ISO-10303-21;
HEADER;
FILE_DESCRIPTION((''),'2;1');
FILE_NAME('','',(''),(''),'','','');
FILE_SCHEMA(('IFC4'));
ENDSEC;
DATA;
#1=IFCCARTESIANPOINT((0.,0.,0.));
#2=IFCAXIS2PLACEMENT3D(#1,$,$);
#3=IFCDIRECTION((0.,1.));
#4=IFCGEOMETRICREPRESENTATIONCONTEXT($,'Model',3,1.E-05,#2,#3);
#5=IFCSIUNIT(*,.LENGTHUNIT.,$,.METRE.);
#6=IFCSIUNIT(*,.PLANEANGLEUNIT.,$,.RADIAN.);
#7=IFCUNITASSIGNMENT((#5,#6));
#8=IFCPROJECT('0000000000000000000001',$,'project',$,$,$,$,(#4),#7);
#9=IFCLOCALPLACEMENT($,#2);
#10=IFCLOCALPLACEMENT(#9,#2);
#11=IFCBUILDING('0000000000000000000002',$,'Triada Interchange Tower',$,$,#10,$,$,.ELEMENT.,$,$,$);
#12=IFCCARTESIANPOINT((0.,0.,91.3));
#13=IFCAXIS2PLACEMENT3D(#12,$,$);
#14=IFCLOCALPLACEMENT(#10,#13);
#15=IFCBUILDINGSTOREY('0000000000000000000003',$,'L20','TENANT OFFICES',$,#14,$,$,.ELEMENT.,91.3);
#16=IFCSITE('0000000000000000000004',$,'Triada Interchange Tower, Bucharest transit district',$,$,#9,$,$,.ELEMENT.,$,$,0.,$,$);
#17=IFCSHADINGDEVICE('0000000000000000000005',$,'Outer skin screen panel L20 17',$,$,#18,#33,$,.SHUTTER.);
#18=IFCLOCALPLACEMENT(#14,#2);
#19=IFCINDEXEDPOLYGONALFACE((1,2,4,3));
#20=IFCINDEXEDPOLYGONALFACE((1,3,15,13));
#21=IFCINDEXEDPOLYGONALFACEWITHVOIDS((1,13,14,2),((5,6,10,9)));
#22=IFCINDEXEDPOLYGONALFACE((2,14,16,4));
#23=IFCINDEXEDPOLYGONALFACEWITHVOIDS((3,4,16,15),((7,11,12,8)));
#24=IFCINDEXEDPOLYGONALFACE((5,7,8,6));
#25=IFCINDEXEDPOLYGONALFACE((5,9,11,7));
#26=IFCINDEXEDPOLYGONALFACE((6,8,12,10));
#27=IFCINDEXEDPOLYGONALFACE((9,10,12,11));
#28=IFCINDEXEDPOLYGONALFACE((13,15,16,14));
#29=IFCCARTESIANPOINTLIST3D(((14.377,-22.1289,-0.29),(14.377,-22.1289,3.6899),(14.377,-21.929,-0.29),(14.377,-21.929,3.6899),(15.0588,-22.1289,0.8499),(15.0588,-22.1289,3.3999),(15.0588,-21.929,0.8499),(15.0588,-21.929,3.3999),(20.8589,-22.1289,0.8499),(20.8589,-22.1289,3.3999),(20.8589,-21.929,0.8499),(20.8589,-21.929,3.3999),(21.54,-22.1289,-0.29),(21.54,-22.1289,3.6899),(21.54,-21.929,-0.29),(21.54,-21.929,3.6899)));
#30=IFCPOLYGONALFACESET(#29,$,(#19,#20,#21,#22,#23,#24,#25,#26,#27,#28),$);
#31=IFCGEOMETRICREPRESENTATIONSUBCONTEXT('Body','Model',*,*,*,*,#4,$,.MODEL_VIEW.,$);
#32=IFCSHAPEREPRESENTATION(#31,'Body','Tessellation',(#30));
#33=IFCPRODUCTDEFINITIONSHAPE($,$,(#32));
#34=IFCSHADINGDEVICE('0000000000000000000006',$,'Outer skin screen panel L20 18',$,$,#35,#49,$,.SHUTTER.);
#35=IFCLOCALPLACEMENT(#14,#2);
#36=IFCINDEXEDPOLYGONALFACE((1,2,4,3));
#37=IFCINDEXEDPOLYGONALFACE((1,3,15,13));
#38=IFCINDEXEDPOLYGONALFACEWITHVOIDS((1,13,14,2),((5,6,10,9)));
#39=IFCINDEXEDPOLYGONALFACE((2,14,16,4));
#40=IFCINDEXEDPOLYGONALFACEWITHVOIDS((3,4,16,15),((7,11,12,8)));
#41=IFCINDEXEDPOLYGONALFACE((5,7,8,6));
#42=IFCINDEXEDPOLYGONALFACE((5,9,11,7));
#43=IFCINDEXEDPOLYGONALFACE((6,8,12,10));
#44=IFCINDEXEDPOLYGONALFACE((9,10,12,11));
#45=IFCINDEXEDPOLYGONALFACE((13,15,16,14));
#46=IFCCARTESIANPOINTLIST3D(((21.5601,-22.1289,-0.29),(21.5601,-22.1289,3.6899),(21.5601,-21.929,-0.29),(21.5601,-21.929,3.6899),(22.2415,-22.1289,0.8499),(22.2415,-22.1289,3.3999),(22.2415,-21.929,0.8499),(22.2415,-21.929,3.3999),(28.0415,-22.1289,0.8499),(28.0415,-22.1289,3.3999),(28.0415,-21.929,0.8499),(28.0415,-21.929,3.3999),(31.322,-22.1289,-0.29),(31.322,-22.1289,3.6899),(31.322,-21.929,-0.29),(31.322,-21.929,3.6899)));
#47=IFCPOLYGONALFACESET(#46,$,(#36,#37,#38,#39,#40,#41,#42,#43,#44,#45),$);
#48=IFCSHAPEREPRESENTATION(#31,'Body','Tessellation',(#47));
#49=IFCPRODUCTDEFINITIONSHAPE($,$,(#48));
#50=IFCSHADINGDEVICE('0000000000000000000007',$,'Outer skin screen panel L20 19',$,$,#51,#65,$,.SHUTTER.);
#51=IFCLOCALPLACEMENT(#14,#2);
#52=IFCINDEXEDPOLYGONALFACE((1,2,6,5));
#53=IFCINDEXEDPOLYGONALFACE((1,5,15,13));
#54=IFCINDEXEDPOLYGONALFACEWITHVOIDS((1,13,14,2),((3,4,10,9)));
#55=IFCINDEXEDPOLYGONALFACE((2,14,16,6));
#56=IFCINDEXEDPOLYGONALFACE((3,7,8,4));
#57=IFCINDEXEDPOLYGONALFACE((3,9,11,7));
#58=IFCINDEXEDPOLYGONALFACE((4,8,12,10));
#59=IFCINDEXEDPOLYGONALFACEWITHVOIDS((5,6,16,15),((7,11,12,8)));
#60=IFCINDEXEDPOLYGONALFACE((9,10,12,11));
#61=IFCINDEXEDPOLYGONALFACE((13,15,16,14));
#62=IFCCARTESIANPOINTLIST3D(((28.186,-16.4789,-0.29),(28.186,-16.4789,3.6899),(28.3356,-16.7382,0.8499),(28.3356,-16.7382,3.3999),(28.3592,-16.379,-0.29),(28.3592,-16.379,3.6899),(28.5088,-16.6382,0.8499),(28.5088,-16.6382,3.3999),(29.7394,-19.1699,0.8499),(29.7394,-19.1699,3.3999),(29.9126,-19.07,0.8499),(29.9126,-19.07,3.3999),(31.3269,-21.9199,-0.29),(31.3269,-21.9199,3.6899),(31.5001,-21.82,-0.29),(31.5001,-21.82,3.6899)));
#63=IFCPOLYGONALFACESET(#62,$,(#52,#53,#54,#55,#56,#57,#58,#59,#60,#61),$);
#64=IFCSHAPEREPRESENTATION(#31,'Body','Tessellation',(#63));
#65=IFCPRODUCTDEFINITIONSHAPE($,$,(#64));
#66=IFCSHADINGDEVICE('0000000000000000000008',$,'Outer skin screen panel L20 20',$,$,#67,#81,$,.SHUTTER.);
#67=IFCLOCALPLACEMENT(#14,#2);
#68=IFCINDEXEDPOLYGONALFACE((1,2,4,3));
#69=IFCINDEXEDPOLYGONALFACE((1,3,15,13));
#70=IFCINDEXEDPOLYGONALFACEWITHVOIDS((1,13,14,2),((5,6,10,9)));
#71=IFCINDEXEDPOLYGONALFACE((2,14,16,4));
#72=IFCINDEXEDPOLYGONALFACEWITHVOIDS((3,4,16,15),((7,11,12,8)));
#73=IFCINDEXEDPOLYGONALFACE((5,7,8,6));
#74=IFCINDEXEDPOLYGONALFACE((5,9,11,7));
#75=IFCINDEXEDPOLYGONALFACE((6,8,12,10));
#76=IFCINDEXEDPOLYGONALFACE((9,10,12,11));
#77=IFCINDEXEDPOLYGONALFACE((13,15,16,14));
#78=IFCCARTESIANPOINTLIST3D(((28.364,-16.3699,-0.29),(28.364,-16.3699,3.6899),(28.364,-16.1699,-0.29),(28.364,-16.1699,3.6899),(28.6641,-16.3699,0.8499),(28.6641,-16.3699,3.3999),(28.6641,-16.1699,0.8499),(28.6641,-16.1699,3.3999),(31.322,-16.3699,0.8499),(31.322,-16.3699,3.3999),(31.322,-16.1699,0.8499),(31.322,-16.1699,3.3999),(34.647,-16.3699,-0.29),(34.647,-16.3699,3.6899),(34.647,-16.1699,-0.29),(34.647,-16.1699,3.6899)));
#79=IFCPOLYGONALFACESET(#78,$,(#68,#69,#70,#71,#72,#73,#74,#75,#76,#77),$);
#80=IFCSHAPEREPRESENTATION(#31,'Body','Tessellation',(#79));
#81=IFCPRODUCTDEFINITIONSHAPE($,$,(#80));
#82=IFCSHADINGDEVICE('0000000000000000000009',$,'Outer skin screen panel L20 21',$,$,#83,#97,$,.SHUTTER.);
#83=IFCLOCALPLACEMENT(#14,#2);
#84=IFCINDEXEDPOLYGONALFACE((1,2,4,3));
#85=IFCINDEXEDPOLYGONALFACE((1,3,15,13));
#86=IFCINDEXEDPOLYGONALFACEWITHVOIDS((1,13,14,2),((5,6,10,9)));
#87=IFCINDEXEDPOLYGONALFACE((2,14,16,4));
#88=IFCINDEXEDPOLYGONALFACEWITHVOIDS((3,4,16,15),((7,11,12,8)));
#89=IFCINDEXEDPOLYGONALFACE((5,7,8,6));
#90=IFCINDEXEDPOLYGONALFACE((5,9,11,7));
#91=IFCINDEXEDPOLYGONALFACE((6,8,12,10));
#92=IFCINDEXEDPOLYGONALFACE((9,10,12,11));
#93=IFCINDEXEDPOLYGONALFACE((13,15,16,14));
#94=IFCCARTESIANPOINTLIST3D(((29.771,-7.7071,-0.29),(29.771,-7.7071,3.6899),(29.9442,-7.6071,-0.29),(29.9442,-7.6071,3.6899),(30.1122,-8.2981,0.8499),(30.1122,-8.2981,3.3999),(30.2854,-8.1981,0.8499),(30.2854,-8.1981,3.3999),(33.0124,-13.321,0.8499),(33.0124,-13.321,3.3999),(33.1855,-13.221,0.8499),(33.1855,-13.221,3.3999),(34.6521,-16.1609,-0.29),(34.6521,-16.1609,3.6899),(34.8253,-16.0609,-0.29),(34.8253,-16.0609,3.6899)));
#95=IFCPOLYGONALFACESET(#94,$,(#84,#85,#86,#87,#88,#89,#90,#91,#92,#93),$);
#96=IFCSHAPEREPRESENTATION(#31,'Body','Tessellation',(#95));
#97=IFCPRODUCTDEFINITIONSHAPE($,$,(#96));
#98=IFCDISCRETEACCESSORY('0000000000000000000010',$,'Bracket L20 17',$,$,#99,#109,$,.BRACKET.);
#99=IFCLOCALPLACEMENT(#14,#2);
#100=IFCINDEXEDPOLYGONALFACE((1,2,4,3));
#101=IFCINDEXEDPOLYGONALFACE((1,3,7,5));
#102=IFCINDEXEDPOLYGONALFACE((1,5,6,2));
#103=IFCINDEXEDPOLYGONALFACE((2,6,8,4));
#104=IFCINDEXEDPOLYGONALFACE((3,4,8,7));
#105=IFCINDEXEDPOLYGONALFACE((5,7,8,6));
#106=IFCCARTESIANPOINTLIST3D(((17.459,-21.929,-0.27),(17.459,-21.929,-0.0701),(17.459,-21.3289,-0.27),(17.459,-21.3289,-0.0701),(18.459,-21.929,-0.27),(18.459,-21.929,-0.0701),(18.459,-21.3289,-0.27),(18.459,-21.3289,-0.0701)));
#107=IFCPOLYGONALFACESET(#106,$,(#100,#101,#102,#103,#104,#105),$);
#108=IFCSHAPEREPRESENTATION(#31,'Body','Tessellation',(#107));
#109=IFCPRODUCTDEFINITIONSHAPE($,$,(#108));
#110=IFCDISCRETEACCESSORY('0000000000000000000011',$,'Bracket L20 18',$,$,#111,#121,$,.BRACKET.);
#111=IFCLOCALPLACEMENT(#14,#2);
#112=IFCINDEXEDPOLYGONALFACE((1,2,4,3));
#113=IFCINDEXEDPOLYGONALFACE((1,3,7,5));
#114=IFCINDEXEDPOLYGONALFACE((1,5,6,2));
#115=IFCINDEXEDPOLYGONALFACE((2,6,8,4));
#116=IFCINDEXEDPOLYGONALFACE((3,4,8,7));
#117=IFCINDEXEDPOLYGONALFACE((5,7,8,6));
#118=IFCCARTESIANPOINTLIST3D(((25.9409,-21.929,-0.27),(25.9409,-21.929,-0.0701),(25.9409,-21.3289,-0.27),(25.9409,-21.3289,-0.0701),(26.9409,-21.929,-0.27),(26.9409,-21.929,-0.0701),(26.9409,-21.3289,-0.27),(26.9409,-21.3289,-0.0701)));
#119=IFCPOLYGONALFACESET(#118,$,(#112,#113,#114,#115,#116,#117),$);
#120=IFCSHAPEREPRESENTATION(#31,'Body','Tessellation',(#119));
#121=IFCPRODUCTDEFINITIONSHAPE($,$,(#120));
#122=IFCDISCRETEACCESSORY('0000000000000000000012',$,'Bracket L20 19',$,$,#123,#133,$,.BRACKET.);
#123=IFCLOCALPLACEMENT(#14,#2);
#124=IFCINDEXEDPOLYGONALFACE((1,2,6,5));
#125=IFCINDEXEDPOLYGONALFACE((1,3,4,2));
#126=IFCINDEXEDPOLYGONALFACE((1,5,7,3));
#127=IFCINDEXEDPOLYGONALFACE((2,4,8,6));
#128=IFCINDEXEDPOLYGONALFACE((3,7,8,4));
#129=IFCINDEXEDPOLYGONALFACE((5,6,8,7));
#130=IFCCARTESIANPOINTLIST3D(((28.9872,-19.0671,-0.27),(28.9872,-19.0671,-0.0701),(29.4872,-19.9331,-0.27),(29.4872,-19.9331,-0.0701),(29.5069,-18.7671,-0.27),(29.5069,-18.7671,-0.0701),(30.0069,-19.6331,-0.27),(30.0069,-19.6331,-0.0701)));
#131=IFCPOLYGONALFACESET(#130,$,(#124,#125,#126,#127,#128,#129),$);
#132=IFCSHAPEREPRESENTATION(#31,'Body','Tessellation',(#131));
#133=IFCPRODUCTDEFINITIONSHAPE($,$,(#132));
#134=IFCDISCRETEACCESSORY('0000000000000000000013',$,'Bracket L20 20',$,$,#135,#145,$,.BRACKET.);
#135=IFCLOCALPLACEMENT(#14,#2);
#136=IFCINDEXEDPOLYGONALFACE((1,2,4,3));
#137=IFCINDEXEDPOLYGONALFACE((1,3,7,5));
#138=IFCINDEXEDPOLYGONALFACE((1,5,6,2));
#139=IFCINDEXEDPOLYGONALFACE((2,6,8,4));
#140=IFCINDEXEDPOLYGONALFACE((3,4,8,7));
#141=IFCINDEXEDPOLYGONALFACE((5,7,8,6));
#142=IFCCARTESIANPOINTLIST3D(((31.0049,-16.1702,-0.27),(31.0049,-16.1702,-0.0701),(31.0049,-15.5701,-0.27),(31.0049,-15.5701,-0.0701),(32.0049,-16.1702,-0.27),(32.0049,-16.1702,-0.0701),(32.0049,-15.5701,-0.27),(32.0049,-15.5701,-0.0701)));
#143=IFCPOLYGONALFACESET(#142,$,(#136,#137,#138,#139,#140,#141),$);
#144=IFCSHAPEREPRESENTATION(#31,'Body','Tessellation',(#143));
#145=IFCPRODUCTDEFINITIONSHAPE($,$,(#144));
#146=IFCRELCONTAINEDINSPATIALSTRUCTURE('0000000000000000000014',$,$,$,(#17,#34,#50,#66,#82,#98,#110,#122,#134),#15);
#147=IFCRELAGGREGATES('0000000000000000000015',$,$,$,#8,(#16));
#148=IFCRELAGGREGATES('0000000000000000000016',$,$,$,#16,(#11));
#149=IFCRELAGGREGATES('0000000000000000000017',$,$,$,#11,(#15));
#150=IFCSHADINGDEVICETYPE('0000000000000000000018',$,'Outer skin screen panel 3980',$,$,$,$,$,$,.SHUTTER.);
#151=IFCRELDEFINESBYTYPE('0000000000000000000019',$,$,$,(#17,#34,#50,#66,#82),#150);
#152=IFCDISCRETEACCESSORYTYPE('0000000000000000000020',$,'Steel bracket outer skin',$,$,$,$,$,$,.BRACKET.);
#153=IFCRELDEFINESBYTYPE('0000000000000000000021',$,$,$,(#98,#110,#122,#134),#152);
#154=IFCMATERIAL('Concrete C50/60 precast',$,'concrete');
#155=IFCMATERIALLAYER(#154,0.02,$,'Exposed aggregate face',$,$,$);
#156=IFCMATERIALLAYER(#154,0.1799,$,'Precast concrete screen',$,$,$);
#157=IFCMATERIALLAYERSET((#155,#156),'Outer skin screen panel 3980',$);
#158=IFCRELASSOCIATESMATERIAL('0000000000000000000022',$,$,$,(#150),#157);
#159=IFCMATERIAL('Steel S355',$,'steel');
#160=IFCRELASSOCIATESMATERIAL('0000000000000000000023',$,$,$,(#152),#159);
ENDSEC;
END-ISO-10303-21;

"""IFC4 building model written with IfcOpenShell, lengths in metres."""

from ifc_helpers import new_model, si_unit, direction, frame, origin, origin_2d, place, context, subcontext, project, spatial, polyline, rectangle, outline, extrude, material, layer, layer_set, type_object, element, save


model = new_model("IFC4")

# Units and contexts
model_context = context("Model", 3, precision=1e-05, world=origin(), true_north=direction((0.0, 1.0)))
body_context = subcontext(model_context, "Body", "Model", "MODEL_VIEW")
ifc_project = project(units=[si_unit("LENGTHUNIT", "METRE"), si_unit("PLANEANGLEUNIT", "RADIAN")], contexts=[model_context])

# Site, building, storey
site_placement = place(None, origin())
site = spatial("IfcSite", under=ifc_project, at=site_placement, Name="Triada Interchange Tower, Bucharest transit district", CompositionType="ELEMENT", RefElevation=0.0)
building_placement = place(site_placement, origin())
building = spatial("IfcBuilding", under=site, at=building_placement, Name="Triada Interchange Tower", CompositionType="ELEMENT")
storey_placement = place(building_placement, frame((0.0, 0.0, 91.3)))
storey = spatial("IfcBuildingStorey", under=building, at=storey_placement, Name="L20", Description="TENANT OFFICES", CompositionType="ELEMENT", Elevation=91.3)

# Shading devices
ifc_material_1 = material(Name="Concrete C50/60 precast", Category="concrete")
ifc_layer_1 = layer(ifc_material_1, 0.02, Name="Exposed aggregate face")
ifc_layer_2 = layer(ifc_material_1, 0.1799, Name="Precast concrete screen")
ifc_layer_set_1 = layer_set([ifc_layer_1, ifc_layer_2], Name="Outer skin screen panel 3980")
shading_device_type = type_object("IfcShadingDeviceType", Name="Outer skin screen panel 3980", PredefinedType="SHUTTER", material=ifc_layer_set_1)
shading_device_1_placement = place(storey_placement, frame((14.377, -21.929, -0.29), z_axis=(0.0, 0.0, 1.0), x_axis=(1.0, 0.0, 0.0)))
element("IfcShadingDevice", 1, at=shading_device_1_placement, inside=storey, type_object=shading_device_type, Name="Outer skin screen panel L20 17", PredefinedType="SHUTTER", context=body_context, shape_type="SweptSolid", body=[
    extrude(outline(polyline([(0.0, 0.0), (7.1631, 0.0), (7.1631, 3.98), (0.0, 3.98), (0.0, 0.0)]), holes=[polyline([(0.6819, 1.1399), (0.6819, 3.6899), (6.4819, 3.6899), (6.4819, 1.1399), (0.6819, 1.1399)])]), frame((0.0, 0.0, 0.0), z_axis=(0.0, -1.0, 0.0), x_axis=(1.0, 0.0, 0.0)), (0.0, 0.0, 1.0), 0.2),
])
shading_device_2_placement = place(storey_placement, frame((21.5601, -21.929, -0.29), z_axis=(0.0, 0.0, 1.0), x_axis=(1.0, 0.0, 0.0)))
element("IfcShadingDevice", 2, at=shading_device_2_placement, inside=storey, type_object=shading_device_type, Name="Outer skin screen panel L20 18", PredefinedType="SHUTTER", context=body_context, shape_type="SweptSolid", body=[
    extrude(outline(polyline([(0.0, 0.0), (9.762, 0.0), (9.762, 3.98), (0.0, 3.98), (0.0, 0.0)]), holes=[polyline([(0.6814, 1.1399), (0.6814, 3.6899), (6.4814, 3.6899), (6.4814, 1.1399), (0.6814, 1.1399)])]), frame((0.0, 0.0, 0.0), z_axis=(0.0, -1.0, 0.0), x_axis=(1.0, 0.0, 0.0)), (0.0, 0.0, 1.0), 0.2),
])
shading_device_3_placement = place(storey_placement, frame((31.3269, -21.9199, -0.29), z_axis=(0.0, 0.0, 1.0), x_axis=(-0.499947, 0.866056, 0.0)))
element("IfcShadingDevice", 3, at=shading_device_3_placement, inside=storey, type_object=shading_device_type, Name="Outer skin screen panel L20 19", PredefinedType="SHUTTER", context=body_context, shape_type="SweptSolid", body=[
    extrude(outline(polyline([(0.0, 0.0), (6.2825, 0.0), (6.2825, 3.98), (0.0, 3.98), (0.0, 0.0)]), holes=[polyline([(3.1753, 1.1399), (3.1753, 3.6899), (5.9832, 3.6899), (5.9832, 1.1399), (3.1753, 1.1399)])]), frame((0.0, 0.0, 0.0), z_axis=(0.0, -1.0, 0.0), x_axis=(1.0, 0.0, 0.0)), (0.0, 0.0, 1.0), 0.2),
])
shading_device_4_placement = place(storey_placement, frame((28.364, -16.1699, -0.29), z_axis=(0.0, 0.0, 1.0), x_axis=(1.0, 0.0, 0.0)))
element("IfcShadingDevice", 4, at=shading_device_4_placement, inside=storey, type_object=shading_device_type, Name="Outer skin screen panel L20 20", PredefinedType="SHUTTER", context=body_context, shape_type="SweptSolid", body=[
    extrude(outline(polyline([(0.0, 0.0), (6.283, 0.0), (6.283, 3.98), (0.0, 3.98), (0.0, 0.0)]), holes=[polyline([(0.3, 1.1399), (0.3, 3.6899), (2.958, 3.6899), (2.958, 1.1399), (0.3, 1.1399)])]), frame((0.0, 0.0, 0.0), z_axis=(0.0, -1.0, 0.0), x_axis=(1.0, 0.0, 0.0)), (0.0, 0.0, 1.0), 0.2),
])
shading_device_5_placement = place(storey_placement, frame((34.6521, -16.1609, -0.29), z_axis=(0.0, 0.0, 1.0), x_axis=(-0.50002, 0.866014, 0.0)))
element("IfcShadingDevice", 5, at=shading_device_5_placement, inside=storey, type_object=shading_device_type, Name="Outer skin screen panel L20 21", PredefinedType="SHUTTER", context=body_context, shape_type="SweptSolid", body=[
    extrude(outline(polyline([(0.0, 0.0), (9.7617, 0.0), (9.7617, 3.98), (0.0, 3.98), (0.0, 0.0)]), holes=[polyline([(3.2793, 1.1399), (3.2793, 3.6899), (9.0793, 3.6899), (9.0793, 1.1399), (3.2793, 1.1399)])]), frame((0.0, 0.0, 0.0), z_axis=(0.0, -1.0, 0.0), x_axis=(1.0, 0.0, 0.0)), (0.0, 0.0, 1.0), 0.2),
])

# Discrete accessories
ifc_material_2 = material(Name="Steel S355", Category="steel")
discrete_accessory_type = type_object("IfcDiscreteAccessoryType", Name="Steel bracket outer skin", PredefinedType="BRACKET", material=ifc_material_2)
for number, where, z_axis, x_axis, name in (
    (6, (17.959, -21.6289, -0.27), (0.0, 0.0, 1.0), (0.0, -1.0, 0.0), "Bracket L20 17"),
    (7, (26.4409, -21.6289, -0.27), (0.0, 0.0, 1.0), (0.0, -1.0, 0.0), "Bracket L20 18"),
    (8, (29.4971, -19.3501, -0.27), (0.0, 0.0, 1.0), (0.866023, 0.500004, 0.0), "Bracket L20 19"),
    (9, (31.5049, -15.8701, -0.27), (0.0, 0.0, 1.0), (0.0, -1.0, 0.0), "Bracket L20 20"),
):
    element("IfcDiscreteAccessory", number, at=place(storey_placement, frame(where, z_axis=z_axis, x_axis=x_axis)), inside=storey, type_object=discrete_accessory_type, Name=name, PredefinedType="BRACKET", context=body_context, shape_type="SweptSolid", body=[
        extrude(rectangle(XDim=0.6001, YDim=1.0, at=origin_2d()), origin(), (0.0, 0.0, 1.0), 0.2),
    ])

save(model, "model.ifc")
